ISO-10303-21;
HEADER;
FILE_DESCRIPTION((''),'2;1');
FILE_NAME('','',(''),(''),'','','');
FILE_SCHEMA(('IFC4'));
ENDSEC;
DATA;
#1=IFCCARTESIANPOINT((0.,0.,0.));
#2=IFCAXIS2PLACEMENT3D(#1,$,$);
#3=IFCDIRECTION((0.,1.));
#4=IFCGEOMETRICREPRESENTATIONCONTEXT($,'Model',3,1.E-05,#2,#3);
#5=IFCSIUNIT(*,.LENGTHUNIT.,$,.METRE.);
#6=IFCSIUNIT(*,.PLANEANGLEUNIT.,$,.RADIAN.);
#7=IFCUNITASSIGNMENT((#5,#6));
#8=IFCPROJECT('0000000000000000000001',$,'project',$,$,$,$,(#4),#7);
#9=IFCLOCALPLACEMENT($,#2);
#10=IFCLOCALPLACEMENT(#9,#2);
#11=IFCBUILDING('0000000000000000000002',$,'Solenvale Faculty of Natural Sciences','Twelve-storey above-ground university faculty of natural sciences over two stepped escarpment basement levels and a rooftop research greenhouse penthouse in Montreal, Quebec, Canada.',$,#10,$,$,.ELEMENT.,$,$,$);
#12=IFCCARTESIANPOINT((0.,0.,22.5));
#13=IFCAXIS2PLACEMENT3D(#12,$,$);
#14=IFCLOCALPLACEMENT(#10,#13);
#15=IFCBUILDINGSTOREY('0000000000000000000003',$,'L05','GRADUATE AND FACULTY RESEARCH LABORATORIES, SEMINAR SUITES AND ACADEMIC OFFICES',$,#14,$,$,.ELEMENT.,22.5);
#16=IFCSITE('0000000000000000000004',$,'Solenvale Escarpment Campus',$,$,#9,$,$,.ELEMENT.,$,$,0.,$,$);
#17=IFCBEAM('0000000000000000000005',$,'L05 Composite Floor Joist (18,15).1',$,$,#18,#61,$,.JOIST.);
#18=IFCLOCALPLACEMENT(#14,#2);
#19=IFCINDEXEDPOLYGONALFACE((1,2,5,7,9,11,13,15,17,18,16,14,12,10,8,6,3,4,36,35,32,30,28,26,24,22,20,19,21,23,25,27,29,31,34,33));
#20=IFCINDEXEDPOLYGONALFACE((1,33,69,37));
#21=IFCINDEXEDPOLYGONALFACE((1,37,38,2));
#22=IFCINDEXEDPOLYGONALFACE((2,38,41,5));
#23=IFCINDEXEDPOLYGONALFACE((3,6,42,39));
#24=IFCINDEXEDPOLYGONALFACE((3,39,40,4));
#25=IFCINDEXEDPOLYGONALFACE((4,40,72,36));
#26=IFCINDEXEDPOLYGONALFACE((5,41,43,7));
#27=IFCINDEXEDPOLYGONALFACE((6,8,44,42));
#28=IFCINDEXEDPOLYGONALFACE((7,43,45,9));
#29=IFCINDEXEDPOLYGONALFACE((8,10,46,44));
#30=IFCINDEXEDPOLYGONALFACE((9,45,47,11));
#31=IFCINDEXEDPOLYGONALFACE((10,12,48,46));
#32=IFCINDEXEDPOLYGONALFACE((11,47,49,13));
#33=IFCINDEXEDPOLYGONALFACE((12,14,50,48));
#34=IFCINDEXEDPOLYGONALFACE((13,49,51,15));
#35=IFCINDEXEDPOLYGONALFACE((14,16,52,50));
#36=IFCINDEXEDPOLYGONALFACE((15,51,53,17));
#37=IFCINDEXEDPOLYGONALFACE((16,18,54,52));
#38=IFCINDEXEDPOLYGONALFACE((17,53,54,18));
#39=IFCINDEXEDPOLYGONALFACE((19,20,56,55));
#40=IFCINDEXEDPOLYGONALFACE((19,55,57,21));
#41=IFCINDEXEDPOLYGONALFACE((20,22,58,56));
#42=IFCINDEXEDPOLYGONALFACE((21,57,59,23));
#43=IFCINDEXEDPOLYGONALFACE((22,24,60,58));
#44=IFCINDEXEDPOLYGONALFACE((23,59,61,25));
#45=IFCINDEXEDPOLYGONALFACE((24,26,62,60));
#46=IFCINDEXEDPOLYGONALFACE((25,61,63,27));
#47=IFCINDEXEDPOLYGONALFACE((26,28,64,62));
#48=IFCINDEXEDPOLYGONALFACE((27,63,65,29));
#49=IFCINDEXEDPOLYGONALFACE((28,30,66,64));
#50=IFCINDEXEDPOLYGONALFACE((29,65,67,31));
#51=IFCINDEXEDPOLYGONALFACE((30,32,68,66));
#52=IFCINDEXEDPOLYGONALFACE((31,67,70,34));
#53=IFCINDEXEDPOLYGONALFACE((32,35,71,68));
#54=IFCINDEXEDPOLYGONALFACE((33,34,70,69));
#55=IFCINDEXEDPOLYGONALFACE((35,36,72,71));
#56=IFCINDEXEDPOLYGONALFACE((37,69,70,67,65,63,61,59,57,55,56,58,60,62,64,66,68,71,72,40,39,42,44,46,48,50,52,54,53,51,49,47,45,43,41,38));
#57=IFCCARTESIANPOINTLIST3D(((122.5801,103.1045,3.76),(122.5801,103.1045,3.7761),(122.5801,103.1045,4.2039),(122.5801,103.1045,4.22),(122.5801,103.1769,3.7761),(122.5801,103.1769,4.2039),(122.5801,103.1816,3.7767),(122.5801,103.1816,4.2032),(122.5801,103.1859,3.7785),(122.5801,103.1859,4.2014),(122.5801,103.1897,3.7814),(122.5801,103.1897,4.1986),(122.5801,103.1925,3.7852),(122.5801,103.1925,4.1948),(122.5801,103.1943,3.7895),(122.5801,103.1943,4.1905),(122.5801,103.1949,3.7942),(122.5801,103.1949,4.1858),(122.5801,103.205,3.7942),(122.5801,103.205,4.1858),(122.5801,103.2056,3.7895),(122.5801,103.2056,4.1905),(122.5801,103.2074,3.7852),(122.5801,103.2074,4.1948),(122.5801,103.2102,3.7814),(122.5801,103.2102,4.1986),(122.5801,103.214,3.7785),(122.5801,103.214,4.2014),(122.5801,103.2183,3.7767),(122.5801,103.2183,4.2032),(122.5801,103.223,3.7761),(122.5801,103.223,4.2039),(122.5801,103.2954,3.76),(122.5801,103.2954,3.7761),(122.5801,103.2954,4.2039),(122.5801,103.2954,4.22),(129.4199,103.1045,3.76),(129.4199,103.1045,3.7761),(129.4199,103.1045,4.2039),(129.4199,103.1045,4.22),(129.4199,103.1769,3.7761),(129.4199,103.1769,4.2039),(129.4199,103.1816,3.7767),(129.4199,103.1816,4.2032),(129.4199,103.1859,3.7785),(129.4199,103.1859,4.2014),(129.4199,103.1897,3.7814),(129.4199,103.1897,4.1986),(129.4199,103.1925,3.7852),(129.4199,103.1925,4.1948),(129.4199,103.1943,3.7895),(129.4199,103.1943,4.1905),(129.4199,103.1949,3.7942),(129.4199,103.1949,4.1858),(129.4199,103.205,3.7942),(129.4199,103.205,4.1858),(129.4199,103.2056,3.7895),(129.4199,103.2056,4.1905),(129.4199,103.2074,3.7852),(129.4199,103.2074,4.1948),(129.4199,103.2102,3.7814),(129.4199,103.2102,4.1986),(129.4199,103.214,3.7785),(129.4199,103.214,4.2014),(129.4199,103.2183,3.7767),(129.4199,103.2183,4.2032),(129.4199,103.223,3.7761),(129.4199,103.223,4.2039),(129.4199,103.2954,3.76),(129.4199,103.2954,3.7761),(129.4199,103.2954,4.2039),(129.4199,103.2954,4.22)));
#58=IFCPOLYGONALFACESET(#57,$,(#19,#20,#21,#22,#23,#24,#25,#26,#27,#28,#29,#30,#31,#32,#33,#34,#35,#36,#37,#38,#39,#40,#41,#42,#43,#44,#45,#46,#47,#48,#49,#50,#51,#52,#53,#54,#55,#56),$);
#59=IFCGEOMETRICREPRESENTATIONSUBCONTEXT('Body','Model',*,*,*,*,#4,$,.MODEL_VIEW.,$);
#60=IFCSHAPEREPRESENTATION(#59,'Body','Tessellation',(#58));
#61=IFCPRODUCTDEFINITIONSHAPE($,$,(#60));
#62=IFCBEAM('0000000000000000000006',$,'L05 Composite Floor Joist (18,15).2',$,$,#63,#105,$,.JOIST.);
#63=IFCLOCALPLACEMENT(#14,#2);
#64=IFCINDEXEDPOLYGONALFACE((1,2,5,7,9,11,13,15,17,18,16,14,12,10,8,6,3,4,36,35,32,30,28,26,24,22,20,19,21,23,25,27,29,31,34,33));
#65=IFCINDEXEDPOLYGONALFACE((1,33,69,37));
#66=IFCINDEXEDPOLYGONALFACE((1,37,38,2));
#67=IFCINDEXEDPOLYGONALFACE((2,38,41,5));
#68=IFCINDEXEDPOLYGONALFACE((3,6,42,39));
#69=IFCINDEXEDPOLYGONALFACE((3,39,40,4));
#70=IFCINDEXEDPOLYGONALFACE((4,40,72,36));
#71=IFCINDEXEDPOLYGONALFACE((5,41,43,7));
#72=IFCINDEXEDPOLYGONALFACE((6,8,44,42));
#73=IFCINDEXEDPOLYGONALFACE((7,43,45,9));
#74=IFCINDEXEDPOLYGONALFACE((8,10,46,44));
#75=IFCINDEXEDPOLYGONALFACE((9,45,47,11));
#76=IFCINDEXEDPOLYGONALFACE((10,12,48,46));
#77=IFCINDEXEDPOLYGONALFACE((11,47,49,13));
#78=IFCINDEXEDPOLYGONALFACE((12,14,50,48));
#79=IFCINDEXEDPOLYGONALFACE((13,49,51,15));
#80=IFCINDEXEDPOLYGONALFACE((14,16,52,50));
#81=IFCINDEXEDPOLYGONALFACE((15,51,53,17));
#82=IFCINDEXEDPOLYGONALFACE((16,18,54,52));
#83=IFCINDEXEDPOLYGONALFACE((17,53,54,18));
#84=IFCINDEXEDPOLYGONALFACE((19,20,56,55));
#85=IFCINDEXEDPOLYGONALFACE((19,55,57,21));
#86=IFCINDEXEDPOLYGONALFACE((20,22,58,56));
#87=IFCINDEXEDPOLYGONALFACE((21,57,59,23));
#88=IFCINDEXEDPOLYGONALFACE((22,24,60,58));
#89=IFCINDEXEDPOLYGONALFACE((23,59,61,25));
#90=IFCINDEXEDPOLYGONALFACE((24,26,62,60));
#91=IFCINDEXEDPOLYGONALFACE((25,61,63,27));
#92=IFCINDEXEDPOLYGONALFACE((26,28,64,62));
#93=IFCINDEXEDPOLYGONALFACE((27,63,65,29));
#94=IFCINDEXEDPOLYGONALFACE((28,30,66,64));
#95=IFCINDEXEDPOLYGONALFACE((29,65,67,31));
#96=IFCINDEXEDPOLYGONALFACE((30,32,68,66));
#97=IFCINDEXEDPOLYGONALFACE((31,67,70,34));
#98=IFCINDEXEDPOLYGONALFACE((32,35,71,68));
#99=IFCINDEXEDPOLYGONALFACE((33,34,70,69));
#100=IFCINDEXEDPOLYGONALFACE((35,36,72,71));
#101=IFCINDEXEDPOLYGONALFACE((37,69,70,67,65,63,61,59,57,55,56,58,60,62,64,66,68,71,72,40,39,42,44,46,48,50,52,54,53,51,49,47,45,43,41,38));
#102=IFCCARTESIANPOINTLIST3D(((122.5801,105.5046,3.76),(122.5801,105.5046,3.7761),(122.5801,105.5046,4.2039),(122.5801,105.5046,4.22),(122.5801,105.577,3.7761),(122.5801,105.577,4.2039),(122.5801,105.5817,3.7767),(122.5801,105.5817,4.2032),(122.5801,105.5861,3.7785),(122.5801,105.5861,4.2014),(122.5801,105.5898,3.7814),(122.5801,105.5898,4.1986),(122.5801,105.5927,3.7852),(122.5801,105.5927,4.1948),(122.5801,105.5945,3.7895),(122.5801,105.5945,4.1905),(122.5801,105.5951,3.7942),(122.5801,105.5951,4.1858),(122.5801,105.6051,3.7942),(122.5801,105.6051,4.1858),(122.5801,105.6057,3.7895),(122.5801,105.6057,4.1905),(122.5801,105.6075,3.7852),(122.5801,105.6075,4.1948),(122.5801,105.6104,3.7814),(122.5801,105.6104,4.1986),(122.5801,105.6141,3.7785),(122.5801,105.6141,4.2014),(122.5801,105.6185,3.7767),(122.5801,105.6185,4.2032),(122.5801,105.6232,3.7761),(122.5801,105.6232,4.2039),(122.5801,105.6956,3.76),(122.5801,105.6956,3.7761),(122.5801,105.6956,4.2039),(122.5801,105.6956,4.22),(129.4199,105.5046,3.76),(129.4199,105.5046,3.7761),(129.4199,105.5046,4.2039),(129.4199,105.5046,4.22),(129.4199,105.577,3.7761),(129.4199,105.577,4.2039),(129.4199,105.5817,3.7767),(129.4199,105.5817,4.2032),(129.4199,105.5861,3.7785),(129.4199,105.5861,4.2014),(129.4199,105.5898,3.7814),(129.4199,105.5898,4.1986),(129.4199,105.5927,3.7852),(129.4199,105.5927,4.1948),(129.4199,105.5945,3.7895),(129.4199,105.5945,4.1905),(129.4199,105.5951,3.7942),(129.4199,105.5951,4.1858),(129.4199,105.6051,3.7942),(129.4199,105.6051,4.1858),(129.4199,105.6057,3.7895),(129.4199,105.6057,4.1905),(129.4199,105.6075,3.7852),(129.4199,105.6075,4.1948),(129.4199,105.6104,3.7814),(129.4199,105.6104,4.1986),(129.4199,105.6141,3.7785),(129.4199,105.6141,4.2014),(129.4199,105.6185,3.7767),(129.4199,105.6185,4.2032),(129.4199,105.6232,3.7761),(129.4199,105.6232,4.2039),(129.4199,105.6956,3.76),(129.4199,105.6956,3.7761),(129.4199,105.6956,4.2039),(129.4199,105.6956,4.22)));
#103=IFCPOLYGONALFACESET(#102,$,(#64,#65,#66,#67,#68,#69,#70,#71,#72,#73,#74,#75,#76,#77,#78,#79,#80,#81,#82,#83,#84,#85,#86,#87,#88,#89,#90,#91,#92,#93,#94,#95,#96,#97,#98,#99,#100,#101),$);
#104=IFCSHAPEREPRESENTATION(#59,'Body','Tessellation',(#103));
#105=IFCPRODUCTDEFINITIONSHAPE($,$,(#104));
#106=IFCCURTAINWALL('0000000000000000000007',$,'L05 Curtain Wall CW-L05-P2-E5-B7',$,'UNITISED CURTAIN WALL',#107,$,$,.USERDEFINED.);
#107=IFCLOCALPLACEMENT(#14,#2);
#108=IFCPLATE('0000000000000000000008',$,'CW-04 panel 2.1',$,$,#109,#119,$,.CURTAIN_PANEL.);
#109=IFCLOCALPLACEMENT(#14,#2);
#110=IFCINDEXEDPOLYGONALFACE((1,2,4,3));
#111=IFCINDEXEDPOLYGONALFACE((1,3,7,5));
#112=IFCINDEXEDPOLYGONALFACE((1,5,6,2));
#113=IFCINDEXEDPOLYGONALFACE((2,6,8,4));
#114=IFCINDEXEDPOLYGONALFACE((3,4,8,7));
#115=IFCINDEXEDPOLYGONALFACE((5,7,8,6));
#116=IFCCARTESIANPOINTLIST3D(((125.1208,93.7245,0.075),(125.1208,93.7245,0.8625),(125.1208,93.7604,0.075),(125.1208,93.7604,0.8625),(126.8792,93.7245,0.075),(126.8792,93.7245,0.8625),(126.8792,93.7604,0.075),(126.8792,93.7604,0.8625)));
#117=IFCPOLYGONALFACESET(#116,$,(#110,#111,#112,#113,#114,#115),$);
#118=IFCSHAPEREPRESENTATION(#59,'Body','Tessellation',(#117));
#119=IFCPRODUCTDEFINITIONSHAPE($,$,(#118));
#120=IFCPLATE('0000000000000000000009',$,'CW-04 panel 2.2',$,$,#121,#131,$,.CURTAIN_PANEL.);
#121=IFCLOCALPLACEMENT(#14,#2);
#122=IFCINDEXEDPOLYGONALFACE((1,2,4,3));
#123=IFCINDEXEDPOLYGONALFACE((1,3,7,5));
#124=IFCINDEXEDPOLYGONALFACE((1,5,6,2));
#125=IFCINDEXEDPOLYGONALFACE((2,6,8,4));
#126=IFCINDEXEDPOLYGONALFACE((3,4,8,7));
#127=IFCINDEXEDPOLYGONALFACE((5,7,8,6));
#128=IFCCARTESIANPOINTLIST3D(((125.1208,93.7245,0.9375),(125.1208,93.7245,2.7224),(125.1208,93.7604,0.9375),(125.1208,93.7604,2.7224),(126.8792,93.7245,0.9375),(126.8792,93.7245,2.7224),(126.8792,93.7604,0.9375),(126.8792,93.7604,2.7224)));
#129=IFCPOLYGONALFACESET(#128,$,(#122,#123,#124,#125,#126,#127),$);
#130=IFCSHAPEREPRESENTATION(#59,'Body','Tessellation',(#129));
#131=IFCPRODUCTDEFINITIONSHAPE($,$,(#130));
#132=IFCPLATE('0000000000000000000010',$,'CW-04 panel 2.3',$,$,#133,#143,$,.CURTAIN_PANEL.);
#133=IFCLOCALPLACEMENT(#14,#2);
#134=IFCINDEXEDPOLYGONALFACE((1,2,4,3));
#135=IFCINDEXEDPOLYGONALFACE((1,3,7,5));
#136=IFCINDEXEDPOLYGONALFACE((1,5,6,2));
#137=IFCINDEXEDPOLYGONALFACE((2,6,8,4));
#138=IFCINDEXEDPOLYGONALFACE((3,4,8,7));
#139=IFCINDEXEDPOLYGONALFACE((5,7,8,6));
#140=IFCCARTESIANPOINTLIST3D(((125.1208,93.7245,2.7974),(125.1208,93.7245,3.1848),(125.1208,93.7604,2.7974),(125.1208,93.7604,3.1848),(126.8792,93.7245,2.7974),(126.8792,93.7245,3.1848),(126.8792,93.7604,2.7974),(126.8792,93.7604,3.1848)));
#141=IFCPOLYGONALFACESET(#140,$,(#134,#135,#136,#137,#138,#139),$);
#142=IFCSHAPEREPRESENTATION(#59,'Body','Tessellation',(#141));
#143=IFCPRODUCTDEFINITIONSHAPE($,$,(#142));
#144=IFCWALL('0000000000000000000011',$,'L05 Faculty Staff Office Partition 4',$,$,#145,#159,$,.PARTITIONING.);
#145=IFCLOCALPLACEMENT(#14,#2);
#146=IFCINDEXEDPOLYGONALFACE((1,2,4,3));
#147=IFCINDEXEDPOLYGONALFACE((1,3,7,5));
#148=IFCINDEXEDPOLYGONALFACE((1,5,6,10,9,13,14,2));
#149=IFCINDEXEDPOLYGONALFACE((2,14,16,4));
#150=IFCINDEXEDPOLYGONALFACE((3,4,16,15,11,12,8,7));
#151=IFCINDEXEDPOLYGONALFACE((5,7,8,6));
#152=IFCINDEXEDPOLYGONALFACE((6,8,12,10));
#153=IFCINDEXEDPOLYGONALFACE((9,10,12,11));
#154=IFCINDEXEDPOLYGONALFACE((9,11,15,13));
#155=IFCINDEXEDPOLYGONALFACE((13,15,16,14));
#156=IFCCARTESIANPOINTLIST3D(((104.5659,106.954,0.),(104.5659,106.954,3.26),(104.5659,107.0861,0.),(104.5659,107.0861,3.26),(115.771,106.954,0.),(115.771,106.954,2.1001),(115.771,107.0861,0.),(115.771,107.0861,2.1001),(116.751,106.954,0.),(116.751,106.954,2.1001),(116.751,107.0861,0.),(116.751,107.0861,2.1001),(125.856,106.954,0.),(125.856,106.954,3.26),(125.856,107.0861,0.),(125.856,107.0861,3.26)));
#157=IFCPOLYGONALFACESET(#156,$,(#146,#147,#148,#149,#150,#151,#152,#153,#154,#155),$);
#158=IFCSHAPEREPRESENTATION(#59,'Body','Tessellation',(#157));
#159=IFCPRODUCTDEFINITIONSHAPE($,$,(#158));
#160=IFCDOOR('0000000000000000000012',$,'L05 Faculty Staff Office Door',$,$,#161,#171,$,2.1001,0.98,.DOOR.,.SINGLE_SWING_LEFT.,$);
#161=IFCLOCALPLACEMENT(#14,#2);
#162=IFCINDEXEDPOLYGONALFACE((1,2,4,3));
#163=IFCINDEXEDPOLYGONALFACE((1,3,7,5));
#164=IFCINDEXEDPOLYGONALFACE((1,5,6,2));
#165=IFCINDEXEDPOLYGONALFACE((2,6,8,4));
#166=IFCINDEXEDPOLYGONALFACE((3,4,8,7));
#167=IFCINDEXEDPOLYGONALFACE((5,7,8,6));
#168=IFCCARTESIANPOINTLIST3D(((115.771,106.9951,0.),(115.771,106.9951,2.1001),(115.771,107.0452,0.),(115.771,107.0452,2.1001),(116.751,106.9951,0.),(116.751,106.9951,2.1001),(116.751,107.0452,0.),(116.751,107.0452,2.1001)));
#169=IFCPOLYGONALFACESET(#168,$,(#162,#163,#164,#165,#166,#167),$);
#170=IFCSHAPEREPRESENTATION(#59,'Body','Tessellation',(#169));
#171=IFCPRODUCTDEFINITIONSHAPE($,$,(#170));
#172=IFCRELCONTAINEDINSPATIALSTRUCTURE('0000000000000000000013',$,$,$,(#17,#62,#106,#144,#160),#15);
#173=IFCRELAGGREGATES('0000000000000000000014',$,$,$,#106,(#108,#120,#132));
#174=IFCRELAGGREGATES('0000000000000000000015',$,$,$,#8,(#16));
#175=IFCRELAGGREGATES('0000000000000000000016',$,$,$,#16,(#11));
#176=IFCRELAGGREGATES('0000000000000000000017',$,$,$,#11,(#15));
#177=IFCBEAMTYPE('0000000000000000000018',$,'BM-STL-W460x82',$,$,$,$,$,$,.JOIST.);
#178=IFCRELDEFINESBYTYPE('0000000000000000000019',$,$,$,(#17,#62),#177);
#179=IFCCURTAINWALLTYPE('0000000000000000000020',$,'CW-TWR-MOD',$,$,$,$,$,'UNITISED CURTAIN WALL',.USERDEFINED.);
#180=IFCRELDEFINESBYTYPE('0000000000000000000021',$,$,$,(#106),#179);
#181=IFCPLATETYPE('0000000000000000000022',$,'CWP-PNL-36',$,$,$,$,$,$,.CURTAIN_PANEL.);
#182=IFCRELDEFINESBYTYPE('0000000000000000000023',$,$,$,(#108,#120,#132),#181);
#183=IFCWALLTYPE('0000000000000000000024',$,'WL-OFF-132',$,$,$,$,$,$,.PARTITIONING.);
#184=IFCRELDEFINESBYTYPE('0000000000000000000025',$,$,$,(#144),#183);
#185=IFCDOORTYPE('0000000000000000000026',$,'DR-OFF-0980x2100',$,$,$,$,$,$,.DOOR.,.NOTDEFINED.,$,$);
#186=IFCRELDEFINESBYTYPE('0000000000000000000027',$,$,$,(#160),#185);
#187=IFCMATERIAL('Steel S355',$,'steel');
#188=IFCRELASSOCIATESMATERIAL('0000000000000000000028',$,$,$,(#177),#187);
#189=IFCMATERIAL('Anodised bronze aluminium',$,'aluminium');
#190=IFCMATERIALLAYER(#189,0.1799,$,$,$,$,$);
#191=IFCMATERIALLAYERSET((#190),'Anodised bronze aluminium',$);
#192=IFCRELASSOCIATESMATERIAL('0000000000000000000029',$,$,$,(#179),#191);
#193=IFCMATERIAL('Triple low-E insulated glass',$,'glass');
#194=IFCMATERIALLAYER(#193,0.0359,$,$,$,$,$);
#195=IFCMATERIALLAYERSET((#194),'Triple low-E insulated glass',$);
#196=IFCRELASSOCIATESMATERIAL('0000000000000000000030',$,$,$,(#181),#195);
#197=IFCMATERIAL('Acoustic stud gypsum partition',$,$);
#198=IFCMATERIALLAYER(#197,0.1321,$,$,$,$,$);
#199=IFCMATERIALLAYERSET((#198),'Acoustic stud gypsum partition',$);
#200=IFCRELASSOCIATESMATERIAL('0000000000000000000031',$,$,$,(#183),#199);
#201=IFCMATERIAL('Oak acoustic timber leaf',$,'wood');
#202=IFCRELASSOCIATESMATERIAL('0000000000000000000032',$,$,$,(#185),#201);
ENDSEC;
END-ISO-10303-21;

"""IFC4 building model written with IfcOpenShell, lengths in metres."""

from ifc_helpers import new_model, si_unit, direction, frame, frame_2d, origin, origin_2d, place, context, subcontext, project, spatial, rectangle, i_section, extrude, material, layer, layer_set, material_profile, profile_set, type_object, element, fill, aggregate, save


model = new_model("IFC4")

# Units and contexts
model_context = context("Model", 3, precision=1e-05, world=origin(), true_north=direction((0.0, 1.0)))
body_context = subcontext(model_context, "Body", "Model", "MODEL_VIEW")
ifc_project = project(units=[si_unit("LENGTHUNIT", "METRE"), si_unit("PLANEANGLEUNIT", "RADIAN")], contexts=[model_context])

# Site, building, storey
site_placement = place(None, origin())
site = spatial("IfcSite", under=ifc_project, at=site_placement, Name="Solenvale Escarpment Campus", CompositionType="ELEMENT", RefElevation=0.0)
building_placement = place(site_placement, origin())
building = spatial("IfcBuilding", under=site, at=building_placement, Name="Solenvale Faculty of Natural Sciences", Description="Twelve-storey above-ground university faculty of natural sciences over two stepped escarpment basement levels and a rooftop research greenhouse penthouse in Montreal, Quebec, Canada.", CompositionType="ELEMENT")
storey_placement = place(building_placement, frame((0.0, 0.0, 22.5)))
storey = spatial("IfcBuildingStorey", under=building, at=storey_placement, Name="L05", Description="GRADUATE AND FACULTY RESEARCH LABORATORIES, SEMINAR SUITES AND ACADEMIC OFFICES", CompositionType="ELEMENT", Elevation=22.5)

# Beams
ifc_material_1 = material(Name="Steel S355", Category="steel")
ifc_material_profile_1 = material_profile(ifc_material_1, i_section(OverallWidth=0.1909, OverallDepth=0.46, WebThickness=0.01, FlangeThickness=0.0161, FilletRadius=0.0181, at=origin_2d()), Name="W460x82")
ifc_profile_set_1 = profile_set([ifc_material_profile_1], Name="Steel S355")
beam_type_1 = type_object("IfcBeamType", Name="BM-STL-W460x82", PredefinedType="JOIST", material=ifc_profile_set_1)
for number, where, z_axis, x_axis, name in (
    (1, (122.5801, 103.2, 3.99), (1.0, 0.0, 0.0), (0.0, 1.0, 0.0), "L05 Composite Floor Joist (18,15).1"),
    (2, (122.5801, 105.6001, 3.99), (1.0, 0.0, 0.0), (0.0, 1.0, 0.0), "L05 Composite Floor Joist (18,15).2"),
):
    element("IfcBeam", number, at=place(storey_placement, frame(where, z_axis=z_axis, x_axis=x_axis)), inside=storey, type_object=beam_type_1, Name=name, PredefinedType="JOIST", context=body_context, shape_type="SweptSolid", body=[
        extrude(i_section(OverallWidth=0.1909, OverallDepth=0.46, WebThickness=0.01, FlangeThickness=0.0161, FilletRadius=0.0181, at=origin_2d()), origin(), (0.0, 0.0, 1.0), 6.8398),
    ])

# Curtain wall, plates
ifc_material_2 = material(Name="Anodised bronze aluminium", Category="aluminium")
ifc_layer_1 = layer(ifc_material_2, 0.1799)
ifc_layer_set_1 = layer_set([ifc_layer_1], Name="Anodised bronze aluminium")
curtain_wall_type = type_object("IfcCurtainWallType", Name="CW-TWR-MOD", ElementType="UNITISED CURTAIN WALL", PredefinedType="USERDEFINED", material=ifc_layer_set_1)
curtain_wall_placement = place(storey_placement, origin())
curtain_wall = element("IfcCurtainWall", 3, at=curtain_wall_placement, inside=storey, type_object=curtain_wall_type, Name="L05 Curtain Wall CW-L05-P2-E5-B7", ObjectType="UNITISED CURTAIN WALL", PredefinedType="USERDEFINED")
ifc_material_3 = material(Name="Triple low-E insulated glass", Category="glass")
ifc_layer_2 = layer(ifc_material_3, 0.0359)
ifc_layer_set_2 = layer_set([ifc_layer_2], Name="Triple low-E insulated glass")
plate_type = type_object("IfcPlateType", Name="CWP-PNL-36", PredefinedType="CURTAIN_PANEL", material=ifc_layer_set_2)
plate_1_placement = place(storey_placement, frame((126.0, 93.7424, 0.075), z_axis=(0.0, 0.0, 1.0), x_axis=(1.0, 0.0, 0.0)))
plate_1 = element("IfcPlate", 4, at=plate_1_placement, type_object=plate_type, Name="CW-04 panel 2.1", PredefinedType="CURTAIN_PANEL", context=body_context, shape_type="SweptSolid", body=[
    extrude(rectangle(XDim=1.7583, YDim=0.0359, at=origin_2d()), origin(), (0.0, 0.0, 1.0), 0.7876),
])
plate_2_placement = place(storey_placement, frame((126.0, 93.7424, 0.9375), z_axis=(0.0, 0.0, 1.0), x_axis=(1.0, 0.0, 0.0)))
plate_2 = element("IfcPlate", 5, at=plate_2_placement, type_object=plate_type, Name="CW-04 panel 2.2", PredefinedType="CURTAIN_PANEL", context=body_context, shape_type="SweptSolid", body=[
    extrude(rectangle(XDim=1.7583, YDim=0.0359, at=origin_2d()), origin(), (0.0, 0.0, 1.0), 1.7849),
])
plate_3_placement = place(storey_placement, frame((126.0, 93.7424, 2.7974), z_axis=(0.0, 0.0, 1.0), x_axis=(1.0, 0.0, 0.0)))
plate_3 = element("IfcPlate", 6, at=plate_3_placement, type_object=plate_type, Name="CW-04 panel 2.3", PredefinedType="CURTAIN_PANEL", context=body_context, shape_type="SweptSolid", body=[
    extrude(rectangle(XDim=1.7583, YDim=0.0359, at=origin_2d()), origin(), (0.0, 0.0, 1.0), 0.3875),
])
aggregate(curtain_wall, [plate_1, plate_2, plate_3])

# Wall, opening, door
ifc_material_4 = material(Name="Acoustic stud gypsum partition")
ifc_layer_3 = layer(ifc_material_4, 0.1321)
ifc_layer_set_3 = layer_set([ifc_layer_3], Name="Acoustic stud gypsum partition")
wall_type_1 = type_object("IfcWallType", Name="WL-OFF-132", PredefinedType="PARTITIONING", material=ifc_layer_set_3)
wall_1_placement = place(storey_placement, frame((125.856, 107.02, 0.0), z_axis=(0.0, 0.0, 1.0), x_axis=(-1.0, 0.0, 0.0)))
wall_1 = element("IfcWall", 7, at=wall_1_placement, inside=storey, type_object=wall_type_1, Name="L05 Faculty Staff Office Partition 4", PredefinedType="PARTITIONING", context=body_context, shape_type="SweptSolid", body=[
    extrude(rectangle(XDim=21.29, YDim=0.1321, at=frame_2d((10.645, 0.0))), origin(), (0.0, 0.0, 1.0), 3.26),
])
opening_1_placement = place(wall_1_placement, frame((9.105, 0.0, 0.0)))
opening_1 = element("IfcOpeningElement", 8, at=opening_1_placement, cuts=wall_1, PredefinedType="OPENING", context=body_context, shape_type="SweptSolid", body=[
    extrude(rectangle(XDim=0.98, YDim=2.1001, at=frame_2d((0.49, 1.05))), frame((0.0, 0.0759, 0.0), z_axis=(0.0, -1.0, 0.0), x_axis=(1.0, 0.0, 0.0)), (0.0, 0.0, 1.0), 0.1521),
])
ifc_material_5 = material(Name="Oak acoustic timber leaf", Category="wood")
door_type_1 = type_object("IfcDoorType", Name="DR-OFF-0980x2100", OperationType="NOTDEFINED", PredefinedType="DOOR", material=ifc_material_5)
door_1_placement = place(opening_1_placement, origin())
door_1 = element("IfcDoor", 9, at=door_1_placement, inside=storey, type_object=door_type_1, Name="L05 Faculty Staff Office Door", OperationType="SINGLE_SWING_LEFT", OverallHeight=2.1001, OverallWidth=0.98, PredefinedType="DOOR", context=body_context, shape_type="SweptSolid", body=[
    extrude(rectangle(XDim=0.98, YDim=2.1001, at=frame_2d((0.49, 1.05))), frame((0.0, 0.0249, 0.0), z_axis=(0.0, -1.0, 0.0), x_axis=(1.0, 0.0, 0.0)), (0.0, 0.0, 1.0), 0.05),
])
fill(opening_1, door_1)

save(model, "model.ifc")
